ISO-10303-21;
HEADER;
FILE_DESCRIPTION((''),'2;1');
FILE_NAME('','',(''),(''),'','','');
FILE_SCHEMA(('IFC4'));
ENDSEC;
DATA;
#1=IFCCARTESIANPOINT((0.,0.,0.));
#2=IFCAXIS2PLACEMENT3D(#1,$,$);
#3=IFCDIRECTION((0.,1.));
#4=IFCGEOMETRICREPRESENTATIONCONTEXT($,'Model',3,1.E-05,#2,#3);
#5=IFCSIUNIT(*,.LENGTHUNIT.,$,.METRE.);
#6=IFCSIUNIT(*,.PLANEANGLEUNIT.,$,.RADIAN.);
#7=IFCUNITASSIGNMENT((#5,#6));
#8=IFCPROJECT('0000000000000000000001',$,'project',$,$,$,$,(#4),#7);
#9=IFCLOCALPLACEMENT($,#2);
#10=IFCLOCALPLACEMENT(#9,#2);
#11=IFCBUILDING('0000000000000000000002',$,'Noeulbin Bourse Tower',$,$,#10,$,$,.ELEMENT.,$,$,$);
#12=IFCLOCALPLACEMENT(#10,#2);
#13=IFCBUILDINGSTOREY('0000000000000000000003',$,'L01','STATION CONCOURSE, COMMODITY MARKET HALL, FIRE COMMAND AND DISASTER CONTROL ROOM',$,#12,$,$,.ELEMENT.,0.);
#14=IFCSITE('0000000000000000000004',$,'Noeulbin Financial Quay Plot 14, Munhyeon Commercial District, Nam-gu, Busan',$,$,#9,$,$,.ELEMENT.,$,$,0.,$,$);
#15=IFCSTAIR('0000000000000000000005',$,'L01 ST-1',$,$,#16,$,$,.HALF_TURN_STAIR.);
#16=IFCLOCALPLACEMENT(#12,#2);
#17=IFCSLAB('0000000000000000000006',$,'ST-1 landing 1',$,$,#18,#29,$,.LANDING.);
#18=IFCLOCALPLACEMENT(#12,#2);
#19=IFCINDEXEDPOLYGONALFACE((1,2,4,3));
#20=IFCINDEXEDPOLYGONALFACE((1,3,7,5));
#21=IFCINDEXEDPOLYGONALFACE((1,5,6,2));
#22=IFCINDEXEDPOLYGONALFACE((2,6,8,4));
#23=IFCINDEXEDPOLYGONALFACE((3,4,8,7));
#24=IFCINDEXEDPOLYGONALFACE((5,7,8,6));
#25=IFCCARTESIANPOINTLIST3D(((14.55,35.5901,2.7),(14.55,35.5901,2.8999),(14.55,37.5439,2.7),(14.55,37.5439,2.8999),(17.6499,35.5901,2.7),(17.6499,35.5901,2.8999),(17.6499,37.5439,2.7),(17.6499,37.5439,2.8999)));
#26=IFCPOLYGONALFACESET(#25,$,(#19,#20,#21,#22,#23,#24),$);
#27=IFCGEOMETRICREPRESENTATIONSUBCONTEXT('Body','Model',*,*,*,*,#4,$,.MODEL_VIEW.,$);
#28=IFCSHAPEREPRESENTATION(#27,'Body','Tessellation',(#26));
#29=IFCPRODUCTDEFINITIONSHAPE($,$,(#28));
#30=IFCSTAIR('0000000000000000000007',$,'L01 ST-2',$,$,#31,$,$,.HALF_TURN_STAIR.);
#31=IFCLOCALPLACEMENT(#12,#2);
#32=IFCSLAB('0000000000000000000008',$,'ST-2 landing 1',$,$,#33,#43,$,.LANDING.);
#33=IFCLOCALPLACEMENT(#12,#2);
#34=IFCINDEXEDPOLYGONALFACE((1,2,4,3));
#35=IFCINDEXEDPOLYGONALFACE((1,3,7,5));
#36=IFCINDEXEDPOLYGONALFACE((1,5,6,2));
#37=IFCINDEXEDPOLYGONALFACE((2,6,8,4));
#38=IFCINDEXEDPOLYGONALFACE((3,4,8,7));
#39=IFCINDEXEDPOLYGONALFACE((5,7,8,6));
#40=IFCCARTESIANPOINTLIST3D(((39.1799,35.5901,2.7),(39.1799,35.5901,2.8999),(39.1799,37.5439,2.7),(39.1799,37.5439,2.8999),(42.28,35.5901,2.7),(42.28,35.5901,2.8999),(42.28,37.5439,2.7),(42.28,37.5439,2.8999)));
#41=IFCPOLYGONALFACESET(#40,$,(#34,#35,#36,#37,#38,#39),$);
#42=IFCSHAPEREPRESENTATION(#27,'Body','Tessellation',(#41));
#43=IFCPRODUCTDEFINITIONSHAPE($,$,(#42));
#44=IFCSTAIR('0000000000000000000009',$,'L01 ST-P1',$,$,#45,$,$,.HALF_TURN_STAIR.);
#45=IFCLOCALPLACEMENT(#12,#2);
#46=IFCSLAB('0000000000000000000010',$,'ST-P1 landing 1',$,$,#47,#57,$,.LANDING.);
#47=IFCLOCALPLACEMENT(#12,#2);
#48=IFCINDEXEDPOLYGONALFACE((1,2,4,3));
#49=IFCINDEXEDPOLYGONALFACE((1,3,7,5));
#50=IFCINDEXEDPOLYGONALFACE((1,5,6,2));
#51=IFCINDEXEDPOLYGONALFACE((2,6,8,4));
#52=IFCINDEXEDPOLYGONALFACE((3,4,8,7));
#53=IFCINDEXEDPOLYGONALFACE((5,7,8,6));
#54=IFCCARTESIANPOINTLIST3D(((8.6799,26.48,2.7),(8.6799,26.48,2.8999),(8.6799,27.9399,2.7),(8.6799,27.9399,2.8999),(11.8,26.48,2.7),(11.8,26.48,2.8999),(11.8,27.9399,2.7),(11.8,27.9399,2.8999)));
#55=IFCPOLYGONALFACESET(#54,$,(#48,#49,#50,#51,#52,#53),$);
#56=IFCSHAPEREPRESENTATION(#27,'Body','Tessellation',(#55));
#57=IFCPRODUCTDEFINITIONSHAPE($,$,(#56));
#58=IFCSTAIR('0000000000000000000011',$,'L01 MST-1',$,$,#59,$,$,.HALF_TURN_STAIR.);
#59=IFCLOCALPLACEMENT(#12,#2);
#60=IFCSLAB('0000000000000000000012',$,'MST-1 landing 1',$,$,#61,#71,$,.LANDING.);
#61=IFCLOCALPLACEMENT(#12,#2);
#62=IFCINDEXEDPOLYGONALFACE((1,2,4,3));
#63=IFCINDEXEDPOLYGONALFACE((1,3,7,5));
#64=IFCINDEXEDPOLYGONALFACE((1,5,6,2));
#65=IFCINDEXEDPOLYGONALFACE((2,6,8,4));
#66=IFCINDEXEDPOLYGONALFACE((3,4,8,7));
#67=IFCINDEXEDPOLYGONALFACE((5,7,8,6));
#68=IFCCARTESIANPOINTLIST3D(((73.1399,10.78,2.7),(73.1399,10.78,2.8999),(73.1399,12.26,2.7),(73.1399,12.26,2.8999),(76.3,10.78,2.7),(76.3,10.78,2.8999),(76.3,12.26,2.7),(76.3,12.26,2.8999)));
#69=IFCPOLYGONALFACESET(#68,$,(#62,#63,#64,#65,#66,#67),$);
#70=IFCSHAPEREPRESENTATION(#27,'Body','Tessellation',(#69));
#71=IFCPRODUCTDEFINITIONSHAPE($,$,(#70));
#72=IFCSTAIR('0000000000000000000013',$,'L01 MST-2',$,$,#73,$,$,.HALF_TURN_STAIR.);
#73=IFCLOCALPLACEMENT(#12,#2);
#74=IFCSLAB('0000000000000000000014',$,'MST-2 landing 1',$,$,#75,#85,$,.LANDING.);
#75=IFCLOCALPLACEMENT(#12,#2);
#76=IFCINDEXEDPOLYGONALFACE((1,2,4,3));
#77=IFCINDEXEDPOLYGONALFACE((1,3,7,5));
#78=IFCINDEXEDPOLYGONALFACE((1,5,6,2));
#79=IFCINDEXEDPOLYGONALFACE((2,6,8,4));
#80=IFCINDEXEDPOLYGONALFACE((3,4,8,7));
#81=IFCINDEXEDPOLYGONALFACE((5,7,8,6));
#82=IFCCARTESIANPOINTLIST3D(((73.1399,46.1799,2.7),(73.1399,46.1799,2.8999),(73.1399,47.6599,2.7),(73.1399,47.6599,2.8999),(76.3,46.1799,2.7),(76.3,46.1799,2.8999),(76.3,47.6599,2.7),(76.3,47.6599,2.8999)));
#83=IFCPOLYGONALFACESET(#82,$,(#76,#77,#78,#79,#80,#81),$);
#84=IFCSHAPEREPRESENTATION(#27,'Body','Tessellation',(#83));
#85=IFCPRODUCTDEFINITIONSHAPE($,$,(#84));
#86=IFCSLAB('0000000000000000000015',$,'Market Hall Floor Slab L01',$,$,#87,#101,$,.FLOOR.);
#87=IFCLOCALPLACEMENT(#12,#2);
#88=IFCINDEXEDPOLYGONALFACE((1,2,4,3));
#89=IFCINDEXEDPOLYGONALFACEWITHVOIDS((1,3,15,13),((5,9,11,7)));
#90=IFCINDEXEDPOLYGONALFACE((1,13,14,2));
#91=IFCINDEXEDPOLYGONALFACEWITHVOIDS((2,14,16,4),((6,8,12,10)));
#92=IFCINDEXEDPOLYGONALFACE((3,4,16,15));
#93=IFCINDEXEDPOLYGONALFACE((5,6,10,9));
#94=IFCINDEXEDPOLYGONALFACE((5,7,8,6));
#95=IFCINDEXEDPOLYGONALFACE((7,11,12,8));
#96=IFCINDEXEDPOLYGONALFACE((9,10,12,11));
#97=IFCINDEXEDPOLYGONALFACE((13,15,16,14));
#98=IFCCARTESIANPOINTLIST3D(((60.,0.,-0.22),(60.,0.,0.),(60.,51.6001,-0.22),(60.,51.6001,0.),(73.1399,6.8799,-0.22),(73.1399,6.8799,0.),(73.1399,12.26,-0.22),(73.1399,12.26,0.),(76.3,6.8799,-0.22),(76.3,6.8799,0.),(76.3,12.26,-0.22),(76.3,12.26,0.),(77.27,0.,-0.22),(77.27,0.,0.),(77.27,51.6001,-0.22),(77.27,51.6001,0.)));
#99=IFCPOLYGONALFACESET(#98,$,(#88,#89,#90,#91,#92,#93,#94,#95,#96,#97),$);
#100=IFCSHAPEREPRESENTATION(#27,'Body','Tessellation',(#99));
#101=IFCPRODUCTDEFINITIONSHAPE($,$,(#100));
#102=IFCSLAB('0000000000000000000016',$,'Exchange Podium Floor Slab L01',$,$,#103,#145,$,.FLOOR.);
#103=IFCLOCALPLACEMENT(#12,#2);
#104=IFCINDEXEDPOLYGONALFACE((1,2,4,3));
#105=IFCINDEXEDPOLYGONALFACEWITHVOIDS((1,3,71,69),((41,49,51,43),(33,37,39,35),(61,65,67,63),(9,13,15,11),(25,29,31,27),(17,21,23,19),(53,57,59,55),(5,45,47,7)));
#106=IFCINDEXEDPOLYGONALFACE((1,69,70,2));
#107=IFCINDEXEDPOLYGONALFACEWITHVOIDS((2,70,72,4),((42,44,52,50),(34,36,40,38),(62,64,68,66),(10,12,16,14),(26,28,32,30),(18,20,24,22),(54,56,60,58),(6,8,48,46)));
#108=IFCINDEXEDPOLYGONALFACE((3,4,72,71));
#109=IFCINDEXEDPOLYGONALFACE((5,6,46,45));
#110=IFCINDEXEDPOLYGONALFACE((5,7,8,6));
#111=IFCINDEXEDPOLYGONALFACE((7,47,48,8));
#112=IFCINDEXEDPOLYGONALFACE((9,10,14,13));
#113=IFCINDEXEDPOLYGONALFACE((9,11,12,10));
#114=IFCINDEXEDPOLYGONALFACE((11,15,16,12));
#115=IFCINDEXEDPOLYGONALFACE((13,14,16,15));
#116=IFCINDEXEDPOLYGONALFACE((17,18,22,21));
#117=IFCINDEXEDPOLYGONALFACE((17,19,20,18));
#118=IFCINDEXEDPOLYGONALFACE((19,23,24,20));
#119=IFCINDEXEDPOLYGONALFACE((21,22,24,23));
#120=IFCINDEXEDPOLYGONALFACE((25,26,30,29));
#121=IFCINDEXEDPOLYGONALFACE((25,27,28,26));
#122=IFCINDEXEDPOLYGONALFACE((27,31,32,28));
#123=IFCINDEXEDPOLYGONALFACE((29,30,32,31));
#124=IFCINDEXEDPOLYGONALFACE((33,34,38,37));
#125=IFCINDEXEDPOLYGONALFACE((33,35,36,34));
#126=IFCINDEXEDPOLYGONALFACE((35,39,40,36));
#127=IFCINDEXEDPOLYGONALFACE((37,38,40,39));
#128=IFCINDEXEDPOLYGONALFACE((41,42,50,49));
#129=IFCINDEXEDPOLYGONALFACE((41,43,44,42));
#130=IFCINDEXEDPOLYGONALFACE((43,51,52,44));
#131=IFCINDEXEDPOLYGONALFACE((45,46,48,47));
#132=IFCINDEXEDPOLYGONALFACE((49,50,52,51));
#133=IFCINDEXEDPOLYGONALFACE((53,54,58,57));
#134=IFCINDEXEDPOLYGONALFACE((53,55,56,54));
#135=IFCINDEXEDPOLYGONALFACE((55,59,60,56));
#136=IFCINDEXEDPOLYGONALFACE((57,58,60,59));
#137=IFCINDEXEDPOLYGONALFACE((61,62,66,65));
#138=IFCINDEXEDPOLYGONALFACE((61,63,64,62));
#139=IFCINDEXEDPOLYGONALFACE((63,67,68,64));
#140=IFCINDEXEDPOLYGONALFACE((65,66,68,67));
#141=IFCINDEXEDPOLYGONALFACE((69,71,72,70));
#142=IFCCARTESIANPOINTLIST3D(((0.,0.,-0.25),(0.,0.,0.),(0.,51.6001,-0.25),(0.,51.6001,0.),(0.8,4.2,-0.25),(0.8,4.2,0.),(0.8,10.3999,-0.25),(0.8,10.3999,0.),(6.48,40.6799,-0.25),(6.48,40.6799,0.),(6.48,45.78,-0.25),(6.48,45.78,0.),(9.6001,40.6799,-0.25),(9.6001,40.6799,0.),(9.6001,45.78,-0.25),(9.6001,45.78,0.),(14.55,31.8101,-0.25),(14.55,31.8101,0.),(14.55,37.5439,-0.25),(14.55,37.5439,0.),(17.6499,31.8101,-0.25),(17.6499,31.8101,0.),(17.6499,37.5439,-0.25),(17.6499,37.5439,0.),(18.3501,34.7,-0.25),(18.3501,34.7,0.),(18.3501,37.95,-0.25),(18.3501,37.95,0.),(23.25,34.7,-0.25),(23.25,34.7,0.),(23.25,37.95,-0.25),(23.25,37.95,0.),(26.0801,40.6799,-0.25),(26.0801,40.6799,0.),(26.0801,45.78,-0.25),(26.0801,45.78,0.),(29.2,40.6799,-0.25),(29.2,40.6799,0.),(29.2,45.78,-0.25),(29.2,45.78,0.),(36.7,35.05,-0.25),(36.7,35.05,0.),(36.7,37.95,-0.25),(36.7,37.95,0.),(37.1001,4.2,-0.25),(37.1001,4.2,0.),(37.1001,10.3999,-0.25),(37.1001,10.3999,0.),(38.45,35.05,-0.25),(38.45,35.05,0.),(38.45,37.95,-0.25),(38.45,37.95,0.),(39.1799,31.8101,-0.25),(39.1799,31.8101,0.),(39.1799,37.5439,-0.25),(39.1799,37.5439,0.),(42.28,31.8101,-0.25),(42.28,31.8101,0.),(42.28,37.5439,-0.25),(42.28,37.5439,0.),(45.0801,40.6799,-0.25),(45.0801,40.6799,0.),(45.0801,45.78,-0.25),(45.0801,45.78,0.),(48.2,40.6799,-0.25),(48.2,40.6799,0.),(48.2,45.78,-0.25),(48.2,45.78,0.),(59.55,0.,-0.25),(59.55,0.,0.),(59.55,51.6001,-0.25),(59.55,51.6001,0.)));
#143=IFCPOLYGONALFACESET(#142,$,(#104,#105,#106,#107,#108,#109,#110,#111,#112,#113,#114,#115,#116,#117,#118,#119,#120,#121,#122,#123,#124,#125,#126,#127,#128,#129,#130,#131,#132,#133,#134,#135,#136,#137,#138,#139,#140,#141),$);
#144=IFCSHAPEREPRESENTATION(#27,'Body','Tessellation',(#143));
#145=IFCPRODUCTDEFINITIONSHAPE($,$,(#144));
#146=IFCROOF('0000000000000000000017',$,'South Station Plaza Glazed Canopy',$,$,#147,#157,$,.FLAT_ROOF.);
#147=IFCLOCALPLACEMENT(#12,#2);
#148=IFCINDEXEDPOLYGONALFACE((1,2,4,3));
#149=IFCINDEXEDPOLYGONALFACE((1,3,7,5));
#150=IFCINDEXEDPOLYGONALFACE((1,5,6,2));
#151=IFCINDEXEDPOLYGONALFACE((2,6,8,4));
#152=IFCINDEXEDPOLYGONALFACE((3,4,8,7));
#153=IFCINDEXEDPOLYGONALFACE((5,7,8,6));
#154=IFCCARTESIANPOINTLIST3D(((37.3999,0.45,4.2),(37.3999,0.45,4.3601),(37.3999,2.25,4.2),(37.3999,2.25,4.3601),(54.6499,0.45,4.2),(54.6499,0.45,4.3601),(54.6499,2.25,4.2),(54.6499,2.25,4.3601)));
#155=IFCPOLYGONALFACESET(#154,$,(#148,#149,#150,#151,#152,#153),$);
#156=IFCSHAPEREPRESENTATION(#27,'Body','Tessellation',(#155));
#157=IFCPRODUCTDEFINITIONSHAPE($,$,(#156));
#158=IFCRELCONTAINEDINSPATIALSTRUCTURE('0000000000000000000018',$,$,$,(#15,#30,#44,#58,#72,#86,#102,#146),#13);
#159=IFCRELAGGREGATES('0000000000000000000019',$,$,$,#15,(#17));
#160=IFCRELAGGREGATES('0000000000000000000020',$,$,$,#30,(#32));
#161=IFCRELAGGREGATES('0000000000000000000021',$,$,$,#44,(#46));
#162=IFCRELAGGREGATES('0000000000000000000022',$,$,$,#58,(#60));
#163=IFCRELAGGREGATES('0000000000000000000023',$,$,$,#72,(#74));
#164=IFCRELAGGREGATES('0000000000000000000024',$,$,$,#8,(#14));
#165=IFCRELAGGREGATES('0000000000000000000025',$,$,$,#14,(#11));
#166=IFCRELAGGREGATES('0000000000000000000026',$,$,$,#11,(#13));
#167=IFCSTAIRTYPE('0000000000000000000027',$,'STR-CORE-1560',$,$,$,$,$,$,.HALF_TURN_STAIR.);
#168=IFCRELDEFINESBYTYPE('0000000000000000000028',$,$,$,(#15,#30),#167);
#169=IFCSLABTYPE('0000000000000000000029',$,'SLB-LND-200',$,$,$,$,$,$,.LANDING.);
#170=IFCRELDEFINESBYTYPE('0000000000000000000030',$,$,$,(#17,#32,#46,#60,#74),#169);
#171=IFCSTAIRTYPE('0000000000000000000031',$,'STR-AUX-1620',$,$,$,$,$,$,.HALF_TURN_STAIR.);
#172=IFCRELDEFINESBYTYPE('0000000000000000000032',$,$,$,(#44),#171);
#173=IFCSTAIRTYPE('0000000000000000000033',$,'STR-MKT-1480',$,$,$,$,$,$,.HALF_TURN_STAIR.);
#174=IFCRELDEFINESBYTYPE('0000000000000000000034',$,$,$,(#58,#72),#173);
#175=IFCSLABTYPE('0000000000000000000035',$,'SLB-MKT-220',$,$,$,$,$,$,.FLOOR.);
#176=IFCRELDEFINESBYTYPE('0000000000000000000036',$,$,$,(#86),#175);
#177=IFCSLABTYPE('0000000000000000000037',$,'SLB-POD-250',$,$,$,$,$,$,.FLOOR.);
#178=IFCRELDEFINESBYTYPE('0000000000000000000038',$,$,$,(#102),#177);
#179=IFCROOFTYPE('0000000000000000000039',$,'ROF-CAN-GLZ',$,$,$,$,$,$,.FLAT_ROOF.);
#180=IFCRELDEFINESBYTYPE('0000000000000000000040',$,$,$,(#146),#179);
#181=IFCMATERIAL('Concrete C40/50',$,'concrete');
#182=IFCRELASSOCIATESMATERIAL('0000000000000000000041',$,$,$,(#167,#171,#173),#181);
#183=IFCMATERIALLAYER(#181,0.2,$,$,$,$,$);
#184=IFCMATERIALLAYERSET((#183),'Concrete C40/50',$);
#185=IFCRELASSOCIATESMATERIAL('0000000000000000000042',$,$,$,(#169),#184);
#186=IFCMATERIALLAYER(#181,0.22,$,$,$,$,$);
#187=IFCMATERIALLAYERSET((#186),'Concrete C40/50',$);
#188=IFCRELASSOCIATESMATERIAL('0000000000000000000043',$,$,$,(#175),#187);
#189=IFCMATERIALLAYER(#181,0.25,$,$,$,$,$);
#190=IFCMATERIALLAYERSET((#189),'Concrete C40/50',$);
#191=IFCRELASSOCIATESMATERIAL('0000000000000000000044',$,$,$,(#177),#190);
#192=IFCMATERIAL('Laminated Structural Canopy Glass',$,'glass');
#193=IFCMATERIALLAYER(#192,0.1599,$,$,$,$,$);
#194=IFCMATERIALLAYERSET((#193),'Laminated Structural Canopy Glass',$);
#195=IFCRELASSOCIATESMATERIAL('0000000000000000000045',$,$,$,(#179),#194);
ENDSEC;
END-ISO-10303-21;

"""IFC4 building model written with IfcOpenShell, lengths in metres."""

from ifc_helpers import new_model, si_unit, direction, frame, origin, place, context, subcontext, project, spatial, polyline, outline, extrude, material, layer, layer_set, type_object, element, aggregate, save


model = new_model("IFC4")

# Units and contexts
model_context = context("Model", 3, precision=1e-05, world=origin(), true_north=direction((0.0, 1.0)))
body_context = subcontext(model_context, "Body", "Model", "MODEL_VIEW")
ifc_project = project(units=[si_unit("LENGTHUNIT", "METRE"), si_unit("PLANEANGLEUNIT", "RADIAN")], contexts=[model_context])

# Site, building, storey
site_placement = place(None, origin())
site = spatial("IfcSite", under=ifc_project, at=site_placement, Name="Noeulbin Financial Quay Plot 14, Munhyeon Commercial District, Nam-gu, Busan", CompositionType="ELEMENT", RefElevation=0.0)
building_placement = place(site_placement, origin())
building = spatial("IfcBuilding", under=site, at=building_placement, Name="Noeulbin Bourse Tower", CompositionType="ELEMENT")
storey_placement = place(building_placement, origin())
storey = spatial("IfcBuildingStorey", under=building, at=storey_placement, Name="L01", Description="STATION CONCOURSE, COMMODITY MARKET HALL, FIRE COMMAND AND DISASTER CONTROL ROOM", CompositionType="ELEMENT", Elevation=0.0)

# Stairs, slabs
ifc_material_1 = material(Name="Concrete C40/50", Category="concrete")
stair_type_1 = type_object("IfcStairType", Name="STR-CORE-1560", PredefinedType="HALF_TURN_STAIR", material=ifc_material_1)
stair_1_placement = place(storey_placement, origin())
stair_1 = element("IfcStair", 1, at=stair_1_placement, inside=storey, type_object=stair_type_1, Name="L01 ST-1", PredefinedType="HALF_TURN_STAIR")
ifc_layer_1 = layer(ifc_material_1, 0.2)
ifc_layer_set_1 = layer_set([ifc_layer_1], Name="Concrete C40/50")
slab_type_1 = type_object("IfcSlabType", Name="SLB-LND-200", PredefinedType="LANDING", material=ifc_layer_set_1)
slab_1_placement = place(storey_placement, frame((0.0, 0.0, 2.7)))
slab_1 = element("IfcSlab", 2, at=slab_1_placement, type_object=slab_type_1, Name="ST-1 landing 1", PredefinedType="LANDING", context=body_context, shape_type="SweptSolid", body=[
    extrude(outline(polyline([(17.6499, 35.5901), (17.6499, 37.5439), (14.55, 37.5439), (14.55, 35.5901), (17.6499, 35.5901)])), origin(), (0.0, 0.0, 1.0), 0.2),
])
aggregate(stair_1, [slab_1])
stair_2_placement = place(storey_placement, origin())
stair_2 = element("IfcStair", 3, at=stair_2_placement, inside=storey, type_object=stair_type_1, Name="L01 ST-2", PredefinedType="HALF_TURN_STAIR")
slab_2_placement = place(storey_placement, frame((0.0, 0.0, 2.7)))
slab_2 = element("IfcSlab", 4, at=slab_2_placement, type_object=slab_type_1, Name="ST-2 landing 1", PredefinedType="LANDING", context=body_context, shape_type="SweptSolid", body=[
    extrude(outline(polyline([(42.28, 35.5901), (42.28, 37.5439), (39.1799, 37.5439), (39.1799, 35.5901), (42.28, 35.5901)])), origin(), (0.0, 0.0, 1.0), 0.2),
])
aggregate(stair_2, [slab_2])
stair_type_2 = type_object("IfcStairType", Name="STR-AUX-1620", PredefinedType="HALF_TURN_STAIR", material=ifc_material_1)
stair_3_placement = place(storey_placement, origin())
stair_3 = element("IfcStair", 5, at=stair_3_placement, inside=storey, type_object=stair_type_2, Name="L01 ST-P1", PredefinedType="HALF_TURN_STAIR")
slab_3_placement = place(storey_placement, frame((0.0, 0.0, 2.7)))
slab_3 = element("IfcSlab", 6, at=slab_3_placement, type_object=slab_type_1, Name="ST-P1 landing 1", PredefinedType="LANDING", context=body_context, shape_type="SweptSolid", body=[
    extrude(outline(polyline([(11.8, 26.48), (11.8, 27.9399), (8.6799, 27.9399), (8.6799, 26.48), (11.8, 26.48)])), origin(), (0.0, 0.0, 1.0), 0.2),
])
aggregate(stair_3, [slab_3])
stair_type_3 = type_object("IfcStairType", Name="STR-MKT-1480", PredefinedType="HALF_TURN_STAIR", material=ifc_material_1)
stair_4_placement = place(storey_placement, origin())
stair_4 = element("IfcStair", 7, at=stair_4_placement, inside=storey, type_object=stair_type_3, Name="L01 MST-1", PredefinedType="HALF_TURN_STAIR")
slab_4_placement = place(storey_placement, frame((0.0, 0.0, 2.7)))
slab_4 = element("IfcSlab", 8, at=slab_4_placement, type_object=slab_type_1, Name="MST-1 landing 1", PredefinedType="LANDING", context=body_context, shape_type="SweptSolid", body=[
    extrude(outline(polyline([(76.3, 10.78), (76.3, 12.26), (73.1399, 12.26), (73.1399, 10.78), (76.3, 10.78)])), origin(), (0.0, 0.0, 1.0), 0.2),
])
aggregate(stair_4, [slab_4])
stair_5_placement = place(storey_placement, origin())
stair_5 = element("IfcStair", 9, at=stair_5_placement, inside=storey, type_object=stair_type_3, Name="L01 MST-2", PredefinedType="HALF_TURN_STAIR")
slab_5_placement = place(storey_placement, frame((0.0, 0.0, 2.7)))
slab_5 = element("IfcSlab", 10, at=slab_5_placement, type_object=slab_type_1, Name="MST-2 landing 1", PredefinedType="LANDING", context=body_context, shape_type="SweptSolid", body=[
    extrude(outline(polyline([(76.3, 46.1799), (76.3, 47.6599), (73.1399, 47.6599), (73.1399, 46.1799), (76.3, 46.1799)])), origin(), (0.0, 0.0, 1.0), 0.2),
])
aggregate(stair_5, [slab_5])

# Slab, opening
ifc_layer_2 = layer(ifc_material_1, 0.22)
ifc_layer_set_2 = layer_set([ifc_layer_2], Name="Concrete C40/50")
slab_type_2 = type_object("IfcSlabType", Name="SLB-MKT-220", PredefinedType="FLOOR", material=ifc_layer_set_2)
slab_6_placement = place(storey_placement, frame((0.0, 0.0, -0.22)))
slab_6 = element("IfcSlab", 11, at=slab_6_placement, inside=storey, type_object=slab_type_2, Name="Market Hall Floor Slab L01", PredefinedType="FLOOR", context=body_context, shape_type="SweptSolid", body=[
    extrude(outline(polyline([(60.0, 0.0), (77.27, 0.0), (77.27, 51.6001), (60.0, 51.6001), (60.0, 0.0)]), holes=[polyline([(76.3, 6.8799), (76.3, 12.26), (73.1399, 12.26), (73.1399, 6.8799), (76.3, 6.8799)])]), origin(), (0.0, 0.0, 1.0), 0.22),
])
opening_1_placement = place(slab_6_placement, frame((0.0, 0.0, -0.01)))
element("IfcOpeningElement", 12, at=opening_1_placement, cuts=slab_6, PredefinedType="OPENING", context=body_context, shape_type="SweptSolid", body=[
    extrude(outline(polyline([(76.3, 6.8799), (76.3, 12.26), (73.1399, 12.26), (73.1399, 6.8799), (76.3, 6.8799)])), origin(), (0.0, 0.0, 1.0), 0.24),
])

# Slab, openings
ifc_layer_3 = layer(ifc_material_1, 0.25)
ifc_layer_set_3 = layer_set([ifc_layer_3], Name="Concrete C40/50")
slab_type_3 = type_object("IfcSlabType", Name="SLB-POD-250", PredefinedType="FLOOR", material=ifc_layer_set_3)
slab_7_placement = place(storey_placement, frame((0.0, 0.0, -0.25)))
slab_7 = element("IfcSlab", 13, at=slab_7_placement, inside=storey, type_object=slab_type_3, Name="Exchange Podium Floor Slab L01", PredefinedType="FLOOR", context=body_context, shape_type="SweptSolid", body=[
    extrude(outline(polyline([(0.0, 0.0), (59.55, 0.0), (59.55, 51.6001), (0.0, 51.6001), (0.0, 0.0)]), holes=[polyline([(17.6499, 31.8101), (17.6499, 37.5439), (14.55, 37.5439), (14.55, 31.8101), (17.6499, 31.8101)]), polyline([(42.28, 31.8101), (42.28, 37.5439), (39.1799, 37.5439), (39.1799, 31.8101), (42.28, 31.8101)]), polyline([(9.6001, 40.6799), (9.6001, 45.78), (6.48, 45.78), (6.48, 40.6799), (9.6001, 40.6799)]), polyline([(29.2, 40.6799), (29.2, 45.78), (26.0801, 45.78), (26.0801, 40.6799), (29.2, 40.6799)]), polyline([(48.2, 40.6799), (48.2, 45.78), (45.0801, 45.78), (45.0801, 40.6799), (48.2, 40.6799)]), polyline([(18.3501, 34.7), (23.25, 34.7), (23.25, 37.95), (18.3501, 37.95), (18.3501, 34.7)]), polyline([(36.7, 35.05), (38.45, 35.05), (38.45, 37.95), (36.7, 37.95), (36.7, 35.05)]), polyline([(0.8, 4.2), (37.1001, 4.2), (37.1001, 10.3999), (0.8, 10.3999), (0.8, 4.2)])]), origin(), (0.0, 0.0, 1.0), 0.25),
])
opening_2_placement = place(slab_7_placement, frame((0.0, 0.0, -0.01)))
element("IfcOpeningElement", 14, at=opening_2_placement, cuts=slab_7, PredefinedType="OPENING", context=body_context, shape_type="SweptSolid", body=[
    extrude(outline(polyline([(17.6499, 31.8101), (17.6499, 37.5439), (14.55, 37.5439), (14.55, 31.8101), (17.6499, 31.8101)])), origin(), (0.0, 0.0, 1.0), 0.27),
])
opening_3_placement = place(slab_7_placement, frame((0.0, 0.0, -0.01)))
element("IfcOpeningElement", 15, at=opening_3_placement, cuts=slab_7, PredefinedType="OPENING", context=body_context, shape_type="SweptSolid", body=[
    extrude(outline(polyline([(42.28, 31.8101), (42.28, 37.5439), (39.1799, 37.5439), (39.1799, 31.8101), (42.28, 31.8101)])), origin(), (0.0, 0.0, 1.0), 0.27),
])
opening_4_placement = place(slab_7_placement, frame((0.0, 0.0, -0.01)))
element("IfcOpeningElement", 16, at=opening_4_placement, cuts=slab_7, PredefinedType="OPENING", context=body_context, shape_type="SweptSolid", body=[
    extrude(outline(polyline([(9.6001, 40.6799), (9.6001, 45.78), (6.48, 45.78), (6.48, 40.6799), (9.6001, 40.6799)])), origin(), (0.0, 0.0, 1.0), 0.27),
])
opening_5_placement = place(slab_7_placement, frame((0.0, 0.0, -0.01)))
element("IfcOpeningElement", 17, at=opening_5_placement, cuts=slab_7, PredefinedType="OPENING", context=body_context, shape_type="SweptSolid", body=[
    extrude(outline(polyline([(29.2, 40.6799), (29.2, 45.78), (26.0801, 45.78), (26.0801, 40.6799), (29.2, 40.6799)])), origin(), (0.0, 0.0, 1.0), 0.27),
])
opening_6_placement = place(slab_7_placement, frame((0.0, 0.0, -0.01)))
element("IfcOpeningElement", 18, at=opening_6_placement, cuts=slab_7, PredefinedType="OPENING", context=body_context, shape_type="SweptSolid", body=[
    extrude(outline(polyline([(48.2, 40.6799), (48.2, 45.78), (45.0801, 45.78), (45.0801, 40.6799), (48.2, 40.6799)])), origin(), (0.0, 0.0, 1.0), 0.27),
])
opening_7_placement = place(slab_7_placement, frame((0.0, 0.0, -0.01)))
element("IfcOpeningElement", 19, at=opening_7_placement, cuts=slab_7, PredefinedType="OPENING", context=body_context, shape_type="SweptSolid", body=[
    extrude(outline(polyline([(18.3501, 34.7), (23.25, 34.7), (23.25, 37.95), (18.3501, 37.95), (18.3501, 34.7)])), origin(), (0.0, 0.0, 1.0), 0.27),
])
opening_8_placement = place(slab_7_placement, frame((0.0, 0.0, -0.01)))
element("IfcOpeningElement", 20, at=opening_8_placement, cuts=slab_7, PredefinedType="OPENING", context=body_context, shape_type="SweptSolid", body=[
    extrude(outline(polyline([(36.7, 35.05), (38.45, 35.05), (38.45, 37.95), (36.7, 37.95), (36.7, 35.05)])), origin(), (0.0, 0.0, 1.0), 0.27),
])
opening_9_placement = place(slab_7_placement, frame((0.0, 0.0, -0.01)))
element("IfcOpeningElement", 21, at=opening_9_placement, cuts=slab_7, PredefinedType="OPENING", context=body_context, shape_type="SweptSolid", body=[
    extrude(outline(polyline([(0.8, 4.2), (37.1001, 4.2), (37.1001, 10.3999), (0.8, 10.3999), (0.8, 4.2)])), origin(), (0.0, 0.0, 1.0), 0.27),
])

# Roof
ifc_material_2 = material(Name="Laminated Structural Canopy Glass", Category="glass")
ifc_layer_4 = layer(ifc_material_2, 0.1599)
ifc_layer_set_4 = layer_set([ifc_layer_4], Name="Laminated Structural Canopy Glass")
roof_type = type_object("IfcRoofType", Name="ROF-CAN-GLZ", PredefinedType="FLAT_ROOF", material=ifc_layer_set_4)
roof_placement = place(storey_placement, frame((0.0, 0.0, 4.2)))
element("IfcRoof", 22, at=roof_placement, inside=storey, type_object=roof_type, Name="South Station Plaza Glazed Canopy", PredefinedType="FLAT_ROOF", context=body_context, shape_type="SweptSolid", body=[
    extrude(outline(polyline([(37.3999, 0.45), (54.6499, 0.45), (54.6499, 2.25), (37.3999, 2.25), (37.3999, 0.45)])), origin(), (0.0, 0.0, 1.0), 0.1602),
])

save(model, "model.ifc")
